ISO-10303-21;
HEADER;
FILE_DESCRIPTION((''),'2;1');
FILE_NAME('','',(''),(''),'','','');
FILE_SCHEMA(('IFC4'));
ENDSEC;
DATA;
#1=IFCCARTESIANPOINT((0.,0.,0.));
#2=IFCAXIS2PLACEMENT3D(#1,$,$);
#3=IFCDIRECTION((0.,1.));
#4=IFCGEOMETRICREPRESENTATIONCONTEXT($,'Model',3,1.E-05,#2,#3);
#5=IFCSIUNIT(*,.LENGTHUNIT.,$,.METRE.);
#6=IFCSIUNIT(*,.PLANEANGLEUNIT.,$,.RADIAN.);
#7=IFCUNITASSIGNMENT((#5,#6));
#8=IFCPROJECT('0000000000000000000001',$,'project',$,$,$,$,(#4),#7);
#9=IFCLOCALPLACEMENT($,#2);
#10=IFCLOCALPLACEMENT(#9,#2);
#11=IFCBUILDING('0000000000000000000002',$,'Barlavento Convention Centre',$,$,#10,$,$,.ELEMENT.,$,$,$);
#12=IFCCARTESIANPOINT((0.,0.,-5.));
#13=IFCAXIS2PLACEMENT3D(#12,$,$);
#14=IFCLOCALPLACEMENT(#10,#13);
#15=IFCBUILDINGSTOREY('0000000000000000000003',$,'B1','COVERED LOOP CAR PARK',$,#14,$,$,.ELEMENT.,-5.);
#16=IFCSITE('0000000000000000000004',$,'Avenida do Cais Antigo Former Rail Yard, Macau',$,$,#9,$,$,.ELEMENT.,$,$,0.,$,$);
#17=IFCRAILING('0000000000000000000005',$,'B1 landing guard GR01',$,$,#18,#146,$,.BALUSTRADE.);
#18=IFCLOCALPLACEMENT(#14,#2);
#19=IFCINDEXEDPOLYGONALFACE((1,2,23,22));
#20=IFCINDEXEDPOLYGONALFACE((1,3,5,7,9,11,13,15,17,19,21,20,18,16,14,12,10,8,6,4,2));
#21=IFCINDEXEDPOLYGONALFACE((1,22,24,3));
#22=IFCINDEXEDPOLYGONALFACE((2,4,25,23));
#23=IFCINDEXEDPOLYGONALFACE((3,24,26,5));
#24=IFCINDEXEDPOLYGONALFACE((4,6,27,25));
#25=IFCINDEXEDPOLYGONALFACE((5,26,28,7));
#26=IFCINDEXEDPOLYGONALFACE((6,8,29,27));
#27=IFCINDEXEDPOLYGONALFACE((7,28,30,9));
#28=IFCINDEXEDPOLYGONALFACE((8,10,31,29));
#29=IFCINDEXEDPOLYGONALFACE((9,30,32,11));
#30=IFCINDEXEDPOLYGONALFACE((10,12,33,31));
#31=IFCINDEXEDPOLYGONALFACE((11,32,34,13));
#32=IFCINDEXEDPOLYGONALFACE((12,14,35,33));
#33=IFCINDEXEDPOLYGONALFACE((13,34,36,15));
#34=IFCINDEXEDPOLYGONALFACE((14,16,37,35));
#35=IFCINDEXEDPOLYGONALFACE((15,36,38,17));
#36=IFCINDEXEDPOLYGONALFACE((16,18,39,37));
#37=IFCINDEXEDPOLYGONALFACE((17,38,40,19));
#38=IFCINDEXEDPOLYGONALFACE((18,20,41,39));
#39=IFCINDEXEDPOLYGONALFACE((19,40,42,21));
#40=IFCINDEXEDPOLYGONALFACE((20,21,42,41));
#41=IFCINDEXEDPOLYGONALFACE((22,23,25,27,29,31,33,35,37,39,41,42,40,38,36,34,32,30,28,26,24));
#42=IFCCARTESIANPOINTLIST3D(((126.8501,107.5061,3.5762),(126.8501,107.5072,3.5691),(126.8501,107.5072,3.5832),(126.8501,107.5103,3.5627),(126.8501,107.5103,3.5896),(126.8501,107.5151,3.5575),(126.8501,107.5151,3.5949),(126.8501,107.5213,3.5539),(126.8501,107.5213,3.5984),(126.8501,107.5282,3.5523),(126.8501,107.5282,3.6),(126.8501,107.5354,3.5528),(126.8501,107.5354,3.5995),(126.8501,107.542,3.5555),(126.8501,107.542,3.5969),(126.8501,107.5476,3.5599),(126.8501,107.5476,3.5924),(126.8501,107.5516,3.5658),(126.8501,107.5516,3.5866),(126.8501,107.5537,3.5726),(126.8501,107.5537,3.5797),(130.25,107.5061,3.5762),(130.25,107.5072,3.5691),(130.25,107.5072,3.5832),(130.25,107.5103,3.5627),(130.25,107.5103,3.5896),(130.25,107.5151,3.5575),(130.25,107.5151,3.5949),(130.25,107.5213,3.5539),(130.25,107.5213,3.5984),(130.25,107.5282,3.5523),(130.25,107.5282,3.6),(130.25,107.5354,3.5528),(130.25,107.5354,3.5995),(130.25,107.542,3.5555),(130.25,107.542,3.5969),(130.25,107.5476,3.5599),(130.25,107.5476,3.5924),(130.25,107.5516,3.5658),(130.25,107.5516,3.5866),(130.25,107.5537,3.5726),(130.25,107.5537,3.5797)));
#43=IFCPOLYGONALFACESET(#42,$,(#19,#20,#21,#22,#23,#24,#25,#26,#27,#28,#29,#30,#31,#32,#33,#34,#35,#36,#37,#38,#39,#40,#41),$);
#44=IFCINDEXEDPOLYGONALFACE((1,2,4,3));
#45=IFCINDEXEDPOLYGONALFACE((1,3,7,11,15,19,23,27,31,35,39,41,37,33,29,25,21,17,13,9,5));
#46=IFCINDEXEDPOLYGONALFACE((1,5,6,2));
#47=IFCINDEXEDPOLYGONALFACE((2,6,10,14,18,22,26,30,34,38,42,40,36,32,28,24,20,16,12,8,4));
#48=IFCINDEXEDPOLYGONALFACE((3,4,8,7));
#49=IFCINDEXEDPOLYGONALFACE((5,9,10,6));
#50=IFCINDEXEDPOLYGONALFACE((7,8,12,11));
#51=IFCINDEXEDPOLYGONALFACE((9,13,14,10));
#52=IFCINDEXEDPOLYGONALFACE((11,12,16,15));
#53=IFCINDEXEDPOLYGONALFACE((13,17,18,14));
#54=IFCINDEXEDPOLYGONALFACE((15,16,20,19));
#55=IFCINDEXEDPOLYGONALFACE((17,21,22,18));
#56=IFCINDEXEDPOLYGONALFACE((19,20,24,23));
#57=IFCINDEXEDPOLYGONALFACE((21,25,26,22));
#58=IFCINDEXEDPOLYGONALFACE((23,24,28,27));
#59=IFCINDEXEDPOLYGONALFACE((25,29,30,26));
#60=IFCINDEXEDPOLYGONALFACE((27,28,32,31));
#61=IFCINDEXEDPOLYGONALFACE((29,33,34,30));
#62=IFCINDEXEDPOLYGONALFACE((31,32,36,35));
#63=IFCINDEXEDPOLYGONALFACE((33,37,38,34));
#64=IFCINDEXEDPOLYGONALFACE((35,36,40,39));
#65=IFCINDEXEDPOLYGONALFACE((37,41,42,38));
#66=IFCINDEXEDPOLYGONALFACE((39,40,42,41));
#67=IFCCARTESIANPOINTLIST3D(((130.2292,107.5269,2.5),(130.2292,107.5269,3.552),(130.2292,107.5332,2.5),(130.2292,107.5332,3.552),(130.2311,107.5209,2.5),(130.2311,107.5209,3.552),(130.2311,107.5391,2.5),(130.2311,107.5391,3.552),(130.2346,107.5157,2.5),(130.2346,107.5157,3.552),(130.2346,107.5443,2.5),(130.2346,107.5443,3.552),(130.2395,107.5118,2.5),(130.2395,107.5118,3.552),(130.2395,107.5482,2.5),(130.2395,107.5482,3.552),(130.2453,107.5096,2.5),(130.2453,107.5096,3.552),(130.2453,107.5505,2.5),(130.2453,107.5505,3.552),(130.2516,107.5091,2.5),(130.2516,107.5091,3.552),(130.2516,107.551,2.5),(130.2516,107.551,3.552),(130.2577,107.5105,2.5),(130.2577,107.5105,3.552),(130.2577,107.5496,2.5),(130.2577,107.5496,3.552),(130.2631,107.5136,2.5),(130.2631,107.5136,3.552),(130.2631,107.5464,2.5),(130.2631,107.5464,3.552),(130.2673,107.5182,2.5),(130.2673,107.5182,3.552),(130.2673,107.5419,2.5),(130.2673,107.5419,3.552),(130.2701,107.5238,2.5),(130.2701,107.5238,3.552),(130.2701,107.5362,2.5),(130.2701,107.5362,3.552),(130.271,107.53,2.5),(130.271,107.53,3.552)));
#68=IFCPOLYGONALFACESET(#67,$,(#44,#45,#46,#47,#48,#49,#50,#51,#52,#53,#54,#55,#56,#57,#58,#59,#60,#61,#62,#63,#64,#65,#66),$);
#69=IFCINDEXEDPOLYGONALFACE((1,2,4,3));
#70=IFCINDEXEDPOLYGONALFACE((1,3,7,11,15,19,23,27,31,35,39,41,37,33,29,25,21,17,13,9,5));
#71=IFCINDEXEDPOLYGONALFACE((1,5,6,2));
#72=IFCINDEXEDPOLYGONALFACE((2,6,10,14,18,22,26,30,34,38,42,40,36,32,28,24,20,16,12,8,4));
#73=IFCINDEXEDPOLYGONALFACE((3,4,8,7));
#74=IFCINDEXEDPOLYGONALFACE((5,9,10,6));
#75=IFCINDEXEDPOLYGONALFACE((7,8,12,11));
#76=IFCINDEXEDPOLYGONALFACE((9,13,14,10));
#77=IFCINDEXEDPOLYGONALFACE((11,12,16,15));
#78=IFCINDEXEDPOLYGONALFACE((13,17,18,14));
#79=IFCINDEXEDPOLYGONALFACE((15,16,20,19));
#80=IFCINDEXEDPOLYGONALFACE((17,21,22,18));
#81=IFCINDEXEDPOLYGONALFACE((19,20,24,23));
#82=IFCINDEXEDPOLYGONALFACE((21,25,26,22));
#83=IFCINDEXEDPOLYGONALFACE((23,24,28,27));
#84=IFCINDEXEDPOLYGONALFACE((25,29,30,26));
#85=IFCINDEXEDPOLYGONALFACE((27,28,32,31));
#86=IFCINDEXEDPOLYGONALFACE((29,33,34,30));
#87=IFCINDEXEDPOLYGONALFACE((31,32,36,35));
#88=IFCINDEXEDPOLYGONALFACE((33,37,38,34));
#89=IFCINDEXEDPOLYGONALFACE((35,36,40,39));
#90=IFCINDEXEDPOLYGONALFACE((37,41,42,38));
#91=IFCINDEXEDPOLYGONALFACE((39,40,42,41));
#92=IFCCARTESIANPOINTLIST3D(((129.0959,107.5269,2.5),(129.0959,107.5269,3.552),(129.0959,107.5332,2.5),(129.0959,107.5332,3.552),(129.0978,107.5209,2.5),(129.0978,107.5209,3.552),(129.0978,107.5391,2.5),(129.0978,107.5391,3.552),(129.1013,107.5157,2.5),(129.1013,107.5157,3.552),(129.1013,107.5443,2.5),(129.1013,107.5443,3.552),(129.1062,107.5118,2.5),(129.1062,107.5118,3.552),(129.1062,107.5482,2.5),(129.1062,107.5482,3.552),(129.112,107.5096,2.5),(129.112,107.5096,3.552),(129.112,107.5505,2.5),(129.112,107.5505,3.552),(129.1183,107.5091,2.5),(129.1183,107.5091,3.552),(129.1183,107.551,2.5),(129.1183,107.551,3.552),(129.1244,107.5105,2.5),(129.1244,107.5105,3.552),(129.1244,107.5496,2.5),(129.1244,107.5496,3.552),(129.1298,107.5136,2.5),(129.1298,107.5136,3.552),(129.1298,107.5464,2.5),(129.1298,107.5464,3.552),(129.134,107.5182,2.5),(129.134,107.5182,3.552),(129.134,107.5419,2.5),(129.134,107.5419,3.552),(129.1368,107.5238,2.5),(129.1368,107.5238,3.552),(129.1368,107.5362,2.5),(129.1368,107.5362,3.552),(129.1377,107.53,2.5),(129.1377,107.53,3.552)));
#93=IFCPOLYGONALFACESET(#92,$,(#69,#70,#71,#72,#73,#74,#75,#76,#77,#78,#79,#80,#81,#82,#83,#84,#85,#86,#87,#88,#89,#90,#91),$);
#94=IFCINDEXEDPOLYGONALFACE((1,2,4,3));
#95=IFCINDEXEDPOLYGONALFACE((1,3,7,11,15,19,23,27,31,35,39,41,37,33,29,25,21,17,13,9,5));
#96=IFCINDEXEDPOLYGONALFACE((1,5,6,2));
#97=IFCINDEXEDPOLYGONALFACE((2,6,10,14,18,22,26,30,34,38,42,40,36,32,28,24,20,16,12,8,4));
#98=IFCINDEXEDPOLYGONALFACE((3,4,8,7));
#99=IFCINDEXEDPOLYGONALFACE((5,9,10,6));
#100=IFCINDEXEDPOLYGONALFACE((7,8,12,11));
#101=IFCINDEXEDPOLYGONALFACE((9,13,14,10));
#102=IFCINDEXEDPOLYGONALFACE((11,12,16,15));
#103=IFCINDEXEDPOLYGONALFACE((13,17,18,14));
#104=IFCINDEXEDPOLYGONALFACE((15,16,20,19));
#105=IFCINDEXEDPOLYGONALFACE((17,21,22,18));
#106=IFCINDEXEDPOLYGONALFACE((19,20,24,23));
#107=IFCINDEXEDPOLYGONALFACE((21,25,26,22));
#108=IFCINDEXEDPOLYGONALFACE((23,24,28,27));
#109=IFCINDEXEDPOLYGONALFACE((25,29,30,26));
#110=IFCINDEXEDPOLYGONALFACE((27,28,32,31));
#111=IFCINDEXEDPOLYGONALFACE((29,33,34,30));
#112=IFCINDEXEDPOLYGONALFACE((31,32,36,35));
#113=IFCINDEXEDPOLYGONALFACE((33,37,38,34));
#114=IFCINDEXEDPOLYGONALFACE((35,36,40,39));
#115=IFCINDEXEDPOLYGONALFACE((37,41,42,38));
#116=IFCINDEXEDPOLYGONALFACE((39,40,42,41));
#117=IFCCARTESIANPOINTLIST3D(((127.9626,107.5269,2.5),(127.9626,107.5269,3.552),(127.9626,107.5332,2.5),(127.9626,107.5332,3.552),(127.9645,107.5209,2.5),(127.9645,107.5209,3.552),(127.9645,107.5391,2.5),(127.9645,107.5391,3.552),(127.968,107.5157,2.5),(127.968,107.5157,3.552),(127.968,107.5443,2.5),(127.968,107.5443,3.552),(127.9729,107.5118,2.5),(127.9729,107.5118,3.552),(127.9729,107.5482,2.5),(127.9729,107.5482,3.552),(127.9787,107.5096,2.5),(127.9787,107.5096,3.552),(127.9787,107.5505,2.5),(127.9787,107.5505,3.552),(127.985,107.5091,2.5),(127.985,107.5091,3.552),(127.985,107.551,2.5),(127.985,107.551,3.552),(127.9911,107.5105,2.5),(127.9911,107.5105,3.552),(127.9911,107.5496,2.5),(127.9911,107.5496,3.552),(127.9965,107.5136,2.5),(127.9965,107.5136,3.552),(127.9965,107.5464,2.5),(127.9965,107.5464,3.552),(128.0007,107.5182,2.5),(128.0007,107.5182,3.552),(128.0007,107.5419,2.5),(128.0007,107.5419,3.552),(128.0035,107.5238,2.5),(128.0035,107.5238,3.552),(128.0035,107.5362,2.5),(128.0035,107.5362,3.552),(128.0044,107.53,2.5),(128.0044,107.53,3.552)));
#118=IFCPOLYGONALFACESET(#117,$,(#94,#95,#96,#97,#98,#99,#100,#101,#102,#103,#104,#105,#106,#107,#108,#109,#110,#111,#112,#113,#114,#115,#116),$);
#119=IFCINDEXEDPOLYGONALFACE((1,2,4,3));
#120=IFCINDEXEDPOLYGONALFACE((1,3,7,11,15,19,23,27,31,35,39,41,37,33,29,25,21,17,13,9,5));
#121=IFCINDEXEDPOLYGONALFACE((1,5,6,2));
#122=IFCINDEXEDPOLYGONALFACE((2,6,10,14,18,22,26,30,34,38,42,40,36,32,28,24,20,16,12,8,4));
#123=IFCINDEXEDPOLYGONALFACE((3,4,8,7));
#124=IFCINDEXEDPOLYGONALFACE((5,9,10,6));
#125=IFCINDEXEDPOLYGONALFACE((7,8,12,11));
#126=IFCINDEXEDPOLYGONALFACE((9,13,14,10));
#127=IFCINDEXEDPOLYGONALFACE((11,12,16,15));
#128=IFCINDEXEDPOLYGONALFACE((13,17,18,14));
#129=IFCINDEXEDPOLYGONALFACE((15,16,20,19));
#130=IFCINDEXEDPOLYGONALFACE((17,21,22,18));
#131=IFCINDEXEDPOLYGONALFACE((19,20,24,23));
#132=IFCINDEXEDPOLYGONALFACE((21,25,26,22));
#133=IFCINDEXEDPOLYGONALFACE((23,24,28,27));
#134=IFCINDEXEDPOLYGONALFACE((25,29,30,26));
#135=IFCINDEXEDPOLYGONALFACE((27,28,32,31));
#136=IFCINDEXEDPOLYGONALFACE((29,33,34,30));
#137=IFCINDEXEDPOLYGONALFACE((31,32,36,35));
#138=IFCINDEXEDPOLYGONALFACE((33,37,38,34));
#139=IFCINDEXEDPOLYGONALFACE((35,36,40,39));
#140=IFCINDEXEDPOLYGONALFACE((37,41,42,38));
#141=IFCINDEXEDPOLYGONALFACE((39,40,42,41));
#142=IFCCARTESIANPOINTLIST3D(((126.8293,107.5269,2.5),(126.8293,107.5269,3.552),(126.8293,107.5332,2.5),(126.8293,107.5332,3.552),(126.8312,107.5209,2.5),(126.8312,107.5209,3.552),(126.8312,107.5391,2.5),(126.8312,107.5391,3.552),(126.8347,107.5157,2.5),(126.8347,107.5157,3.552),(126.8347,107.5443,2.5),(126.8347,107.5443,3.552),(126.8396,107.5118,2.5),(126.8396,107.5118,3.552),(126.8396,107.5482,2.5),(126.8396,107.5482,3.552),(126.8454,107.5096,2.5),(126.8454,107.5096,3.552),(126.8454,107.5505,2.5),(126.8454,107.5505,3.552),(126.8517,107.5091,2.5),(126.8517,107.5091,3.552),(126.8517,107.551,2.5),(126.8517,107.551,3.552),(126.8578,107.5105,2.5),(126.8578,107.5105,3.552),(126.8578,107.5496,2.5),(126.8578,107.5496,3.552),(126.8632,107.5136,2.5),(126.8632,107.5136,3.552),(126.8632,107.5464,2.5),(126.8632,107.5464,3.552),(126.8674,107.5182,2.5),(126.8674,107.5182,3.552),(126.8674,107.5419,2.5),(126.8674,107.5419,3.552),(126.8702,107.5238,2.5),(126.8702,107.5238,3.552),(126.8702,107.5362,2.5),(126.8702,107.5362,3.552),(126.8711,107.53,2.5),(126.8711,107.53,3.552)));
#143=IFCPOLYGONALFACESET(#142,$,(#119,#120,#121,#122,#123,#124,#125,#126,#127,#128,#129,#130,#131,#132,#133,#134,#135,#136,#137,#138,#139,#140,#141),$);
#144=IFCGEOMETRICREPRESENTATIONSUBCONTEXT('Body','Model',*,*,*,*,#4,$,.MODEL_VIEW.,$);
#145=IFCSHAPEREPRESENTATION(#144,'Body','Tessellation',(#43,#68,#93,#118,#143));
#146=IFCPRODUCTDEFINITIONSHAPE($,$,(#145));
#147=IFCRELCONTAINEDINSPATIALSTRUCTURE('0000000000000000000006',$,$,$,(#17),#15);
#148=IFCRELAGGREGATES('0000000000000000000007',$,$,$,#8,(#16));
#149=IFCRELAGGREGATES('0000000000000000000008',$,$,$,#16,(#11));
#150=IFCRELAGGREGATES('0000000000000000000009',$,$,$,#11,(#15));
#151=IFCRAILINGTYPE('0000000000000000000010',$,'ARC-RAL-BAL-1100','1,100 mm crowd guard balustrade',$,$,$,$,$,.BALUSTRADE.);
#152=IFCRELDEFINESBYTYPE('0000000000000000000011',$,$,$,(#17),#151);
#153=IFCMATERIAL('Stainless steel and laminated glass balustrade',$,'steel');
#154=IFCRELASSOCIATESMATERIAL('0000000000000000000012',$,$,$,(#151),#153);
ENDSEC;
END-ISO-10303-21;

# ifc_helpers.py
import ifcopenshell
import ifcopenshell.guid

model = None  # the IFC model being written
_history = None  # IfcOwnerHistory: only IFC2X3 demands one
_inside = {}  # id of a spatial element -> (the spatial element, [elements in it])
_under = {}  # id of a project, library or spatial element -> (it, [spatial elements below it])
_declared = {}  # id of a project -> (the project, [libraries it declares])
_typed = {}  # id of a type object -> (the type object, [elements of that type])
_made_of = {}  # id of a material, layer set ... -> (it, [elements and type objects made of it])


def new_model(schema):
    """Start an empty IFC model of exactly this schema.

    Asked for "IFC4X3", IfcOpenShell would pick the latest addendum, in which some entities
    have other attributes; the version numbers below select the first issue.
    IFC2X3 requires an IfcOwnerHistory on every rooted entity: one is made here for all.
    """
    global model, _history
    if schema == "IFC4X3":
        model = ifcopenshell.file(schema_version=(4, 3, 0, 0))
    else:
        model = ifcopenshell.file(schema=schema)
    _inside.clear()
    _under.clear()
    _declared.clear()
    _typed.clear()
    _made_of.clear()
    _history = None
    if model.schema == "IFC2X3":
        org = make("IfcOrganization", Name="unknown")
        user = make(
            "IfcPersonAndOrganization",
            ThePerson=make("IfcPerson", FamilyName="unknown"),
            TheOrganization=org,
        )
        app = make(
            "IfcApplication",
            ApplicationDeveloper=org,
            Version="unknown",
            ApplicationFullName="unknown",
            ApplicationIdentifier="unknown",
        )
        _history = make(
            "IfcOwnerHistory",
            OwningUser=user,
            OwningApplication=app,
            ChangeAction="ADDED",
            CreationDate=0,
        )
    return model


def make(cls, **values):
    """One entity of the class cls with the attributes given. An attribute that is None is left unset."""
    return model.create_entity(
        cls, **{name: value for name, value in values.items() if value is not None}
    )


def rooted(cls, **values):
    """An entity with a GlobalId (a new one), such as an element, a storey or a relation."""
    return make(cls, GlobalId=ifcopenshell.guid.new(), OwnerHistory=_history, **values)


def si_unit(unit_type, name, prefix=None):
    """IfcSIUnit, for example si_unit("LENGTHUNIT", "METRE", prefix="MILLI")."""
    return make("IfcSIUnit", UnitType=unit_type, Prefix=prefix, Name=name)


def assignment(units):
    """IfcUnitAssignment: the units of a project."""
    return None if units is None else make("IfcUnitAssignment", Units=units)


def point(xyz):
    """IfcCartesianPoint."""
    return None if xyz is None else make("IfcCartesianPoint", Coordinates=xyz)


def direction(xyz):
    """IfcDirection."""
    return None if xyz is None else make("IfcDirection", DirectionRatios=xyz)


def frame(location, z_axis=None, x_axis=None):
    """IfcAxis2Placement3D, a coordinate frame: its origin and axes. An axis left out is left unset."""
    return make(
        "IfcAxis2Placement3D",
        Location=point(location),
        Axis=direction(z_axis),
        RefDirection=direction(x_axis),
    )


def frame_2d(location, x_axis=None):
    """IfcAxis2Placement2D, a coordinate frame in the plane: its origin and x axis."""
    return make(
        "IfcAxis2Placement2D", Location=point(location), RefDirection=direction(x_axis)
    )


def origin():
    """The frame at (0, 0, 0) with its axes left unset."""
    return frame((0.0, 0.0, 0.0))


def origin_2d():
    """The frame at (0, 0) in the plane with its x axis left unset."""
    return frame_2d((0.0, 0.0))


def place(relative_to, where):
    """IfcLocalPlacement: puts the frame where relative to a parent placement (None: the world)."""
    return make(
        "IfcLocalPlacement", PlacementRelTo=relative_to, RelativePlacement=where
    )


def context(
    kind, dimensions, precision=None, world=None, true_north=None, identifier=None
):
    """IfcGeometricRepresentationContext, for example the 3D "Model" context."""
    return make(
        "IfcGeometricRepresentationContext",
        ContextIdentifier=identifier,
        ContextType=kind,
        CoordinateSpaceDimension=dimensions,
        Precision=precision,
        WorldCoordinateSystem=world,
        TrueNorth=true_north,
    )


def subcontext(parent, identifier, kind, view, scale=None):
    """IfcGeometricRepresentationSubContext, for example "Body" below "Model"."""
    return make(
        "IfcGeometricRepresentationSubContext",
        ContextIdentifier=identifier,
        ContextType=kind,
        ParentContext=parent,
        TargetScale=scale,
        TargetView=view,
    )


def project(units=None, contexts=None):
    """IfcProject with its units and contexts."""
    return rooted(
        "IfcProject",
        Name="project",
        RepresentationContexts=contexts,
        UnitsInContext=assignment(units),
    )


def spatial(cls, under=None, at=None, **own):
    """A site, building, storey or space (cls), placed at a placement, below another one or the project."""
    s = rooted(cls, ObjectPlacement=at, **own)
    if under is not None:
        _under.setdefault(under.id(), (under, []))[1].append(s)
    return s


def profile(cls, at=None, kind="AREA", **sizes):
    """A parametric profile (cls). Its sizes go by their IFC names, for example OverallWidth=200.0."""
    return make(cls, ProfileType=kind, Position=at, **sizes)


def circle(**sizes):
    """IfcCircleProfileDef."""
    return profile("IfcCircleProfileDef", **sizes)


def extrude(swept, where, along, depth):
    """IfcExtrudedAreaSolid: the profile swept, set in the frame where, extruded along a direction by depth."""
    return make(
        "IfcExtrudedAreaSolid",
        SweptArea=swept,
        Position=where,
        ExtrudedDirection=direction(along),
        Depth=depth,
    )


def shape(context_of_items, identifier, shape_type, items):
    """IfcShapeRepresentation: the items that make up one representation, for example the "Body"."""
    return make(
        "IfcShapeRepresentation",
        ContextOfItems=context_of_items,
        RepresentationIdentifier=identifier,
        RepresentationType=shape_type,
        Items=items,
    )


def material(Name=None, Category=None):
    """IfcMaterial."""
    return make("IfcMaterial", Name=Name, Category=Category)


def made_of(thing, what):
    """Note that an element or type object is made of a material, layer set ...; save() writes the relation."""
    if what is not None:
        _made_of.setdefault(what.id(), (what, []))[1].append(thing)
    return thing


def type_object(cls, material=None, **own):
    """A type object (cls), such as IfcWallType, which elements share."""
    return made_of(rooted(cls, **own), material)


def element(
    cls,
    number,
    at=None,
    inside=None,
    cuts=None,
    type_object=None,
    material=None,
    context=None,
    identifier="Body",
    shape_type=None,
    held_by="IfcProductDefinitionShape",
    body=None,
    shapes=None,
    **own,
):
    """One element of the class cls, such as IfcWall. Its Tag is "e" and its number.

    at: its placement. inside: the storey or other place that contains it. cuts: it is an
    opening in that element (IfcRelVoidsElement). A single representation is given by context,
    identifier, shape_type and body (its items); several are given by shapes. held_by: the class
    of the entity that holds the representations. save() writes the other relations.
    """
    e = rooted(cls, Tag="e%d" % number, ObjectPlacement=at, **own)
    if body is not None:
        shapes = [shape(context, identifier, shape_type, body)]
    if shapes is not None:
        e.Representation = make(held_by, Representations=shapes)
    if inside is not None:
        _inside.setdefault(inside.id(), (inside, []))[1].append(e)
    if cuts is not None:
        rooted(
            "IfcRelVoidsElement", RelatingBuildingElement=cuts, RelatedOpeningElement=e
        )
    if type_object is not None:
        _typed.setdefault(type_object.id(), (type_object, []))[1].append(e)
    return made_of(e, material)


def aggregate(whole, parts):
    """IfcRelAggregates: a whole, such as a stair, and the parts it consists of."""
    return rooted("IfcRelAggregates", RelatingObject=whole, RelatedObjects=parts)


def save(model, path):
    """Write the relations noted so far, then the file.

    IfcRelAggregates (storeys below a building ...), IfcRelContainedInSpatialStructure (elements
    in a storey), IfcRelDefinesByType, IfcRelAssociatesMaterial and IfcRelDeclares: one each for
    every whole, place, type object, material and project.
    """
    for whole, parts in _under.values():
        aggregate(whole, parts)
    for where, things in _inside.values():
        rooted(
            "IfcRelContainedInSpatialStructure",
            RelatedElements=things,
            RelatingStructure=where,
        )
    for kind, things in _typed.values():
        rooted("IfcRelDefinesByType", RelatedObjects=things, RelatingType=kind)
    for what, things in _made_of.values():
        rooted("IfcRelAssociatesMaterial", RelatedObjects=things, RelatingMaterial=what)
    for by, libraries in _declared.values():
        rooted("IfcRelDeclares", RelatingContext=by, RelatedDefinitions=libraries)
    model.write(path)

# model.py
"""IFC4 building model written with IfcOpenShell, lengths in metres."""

from ifc_helpers import new_model, si_unit, direction, frame, origin, origin_2d, place, context, subcontext, project, spatial, circle, extrude, material, type_object, element, save


model = new_model("IFC4")

# Units and contexts
model_context = context("Model", 3, precision=1e-05, world=origin(), true_north=direction((0.0, 1.0)))
body_context = subcontext(model_context, "Body", "Model", "MODEL_VIEW")
ifc_project = project(units=[si_unit("LENGTHUNIT", "METRE"), si_unit("PLANEANGLEUNIT", "RADIAN")], contexts=[model_context])

# Site, building, storey
site_placement = place(None, origin())
site = spatial("IfcSite", under=ifc_project, at=site_placement, Name="Avenida do Cais Antigo Former Rail Yard, Macau", CompositionType="ELEMENT", RefElevation=0.0)
building_placement = place(site_placement, origin())
building = spatial("IfcBuilding", under=site, at=building_placement, Name="Barlavento Convention Centre", CompositionType="ELEMENT")
storey_placement = place(building_placement, frame((0.0, 0.0, -5.0)))
storey = spatial("IfcBuildingStorey", under=building, at=storey_placement, Name="B1", Description="COVERED LOOP CAR PARK", CompositionType="ELEMENT", Elevation=-5.0)

# Railing
ifc_material_1 = material(Name="Stainless steel and laminated glass balustrade", Category="steel")
railing_type_1 = type_object("IfcRailingType", Name="ARC-RAL-BAL-1100", Description="1,100 mm crowd guard balustrade", PredefinedType="BALUSTRADE", material=ifc_material_1)
railing_1_placement = place(storey_placement, frame((130.25, 107.53, 2.5)))
element("IfcRailing", 1, at=railing_1_placement, inside=storey, type_object=railing_type_1, Name="B1 landing guard GR01", PredefinedType="BALUSTRADE", context=body_context, shape_type="SweptSolid", body=[
    extrude(circle(Radius=0.0239, at=origin_2d()), frame((0.0, 0.0, 1.0762), z_axis=(-1.0, 0.0, 0.0), x_axis=(0.0, -1.0, 0.0)), (0.0, 0.0, 1.0), 3.3999),
    extrude(circle(Radius=0.021, at=origin_2d()), origin(), (0.0, 0.0, 1.0), 1.052),
    extrude(circle(Radius=0.021, at=origin_2d()), frame((-1.1333, 0.0, 0.0)), (0.0, 0.0, 1.0), 1.052),
    extrude(circle(Radius=0.021, at=origin_2d()), frame((-2.2666, 0.0, 0.0)), (0.0, 0.0, 1.0), 1.052),
    extrude(circle(Radius=0.021, at=origin_2d()), frame((-3.3999, 0.0, 0.0)), (0.0, 0.0, 1.0), 1.052),
])

save(model, "model.ifc")
